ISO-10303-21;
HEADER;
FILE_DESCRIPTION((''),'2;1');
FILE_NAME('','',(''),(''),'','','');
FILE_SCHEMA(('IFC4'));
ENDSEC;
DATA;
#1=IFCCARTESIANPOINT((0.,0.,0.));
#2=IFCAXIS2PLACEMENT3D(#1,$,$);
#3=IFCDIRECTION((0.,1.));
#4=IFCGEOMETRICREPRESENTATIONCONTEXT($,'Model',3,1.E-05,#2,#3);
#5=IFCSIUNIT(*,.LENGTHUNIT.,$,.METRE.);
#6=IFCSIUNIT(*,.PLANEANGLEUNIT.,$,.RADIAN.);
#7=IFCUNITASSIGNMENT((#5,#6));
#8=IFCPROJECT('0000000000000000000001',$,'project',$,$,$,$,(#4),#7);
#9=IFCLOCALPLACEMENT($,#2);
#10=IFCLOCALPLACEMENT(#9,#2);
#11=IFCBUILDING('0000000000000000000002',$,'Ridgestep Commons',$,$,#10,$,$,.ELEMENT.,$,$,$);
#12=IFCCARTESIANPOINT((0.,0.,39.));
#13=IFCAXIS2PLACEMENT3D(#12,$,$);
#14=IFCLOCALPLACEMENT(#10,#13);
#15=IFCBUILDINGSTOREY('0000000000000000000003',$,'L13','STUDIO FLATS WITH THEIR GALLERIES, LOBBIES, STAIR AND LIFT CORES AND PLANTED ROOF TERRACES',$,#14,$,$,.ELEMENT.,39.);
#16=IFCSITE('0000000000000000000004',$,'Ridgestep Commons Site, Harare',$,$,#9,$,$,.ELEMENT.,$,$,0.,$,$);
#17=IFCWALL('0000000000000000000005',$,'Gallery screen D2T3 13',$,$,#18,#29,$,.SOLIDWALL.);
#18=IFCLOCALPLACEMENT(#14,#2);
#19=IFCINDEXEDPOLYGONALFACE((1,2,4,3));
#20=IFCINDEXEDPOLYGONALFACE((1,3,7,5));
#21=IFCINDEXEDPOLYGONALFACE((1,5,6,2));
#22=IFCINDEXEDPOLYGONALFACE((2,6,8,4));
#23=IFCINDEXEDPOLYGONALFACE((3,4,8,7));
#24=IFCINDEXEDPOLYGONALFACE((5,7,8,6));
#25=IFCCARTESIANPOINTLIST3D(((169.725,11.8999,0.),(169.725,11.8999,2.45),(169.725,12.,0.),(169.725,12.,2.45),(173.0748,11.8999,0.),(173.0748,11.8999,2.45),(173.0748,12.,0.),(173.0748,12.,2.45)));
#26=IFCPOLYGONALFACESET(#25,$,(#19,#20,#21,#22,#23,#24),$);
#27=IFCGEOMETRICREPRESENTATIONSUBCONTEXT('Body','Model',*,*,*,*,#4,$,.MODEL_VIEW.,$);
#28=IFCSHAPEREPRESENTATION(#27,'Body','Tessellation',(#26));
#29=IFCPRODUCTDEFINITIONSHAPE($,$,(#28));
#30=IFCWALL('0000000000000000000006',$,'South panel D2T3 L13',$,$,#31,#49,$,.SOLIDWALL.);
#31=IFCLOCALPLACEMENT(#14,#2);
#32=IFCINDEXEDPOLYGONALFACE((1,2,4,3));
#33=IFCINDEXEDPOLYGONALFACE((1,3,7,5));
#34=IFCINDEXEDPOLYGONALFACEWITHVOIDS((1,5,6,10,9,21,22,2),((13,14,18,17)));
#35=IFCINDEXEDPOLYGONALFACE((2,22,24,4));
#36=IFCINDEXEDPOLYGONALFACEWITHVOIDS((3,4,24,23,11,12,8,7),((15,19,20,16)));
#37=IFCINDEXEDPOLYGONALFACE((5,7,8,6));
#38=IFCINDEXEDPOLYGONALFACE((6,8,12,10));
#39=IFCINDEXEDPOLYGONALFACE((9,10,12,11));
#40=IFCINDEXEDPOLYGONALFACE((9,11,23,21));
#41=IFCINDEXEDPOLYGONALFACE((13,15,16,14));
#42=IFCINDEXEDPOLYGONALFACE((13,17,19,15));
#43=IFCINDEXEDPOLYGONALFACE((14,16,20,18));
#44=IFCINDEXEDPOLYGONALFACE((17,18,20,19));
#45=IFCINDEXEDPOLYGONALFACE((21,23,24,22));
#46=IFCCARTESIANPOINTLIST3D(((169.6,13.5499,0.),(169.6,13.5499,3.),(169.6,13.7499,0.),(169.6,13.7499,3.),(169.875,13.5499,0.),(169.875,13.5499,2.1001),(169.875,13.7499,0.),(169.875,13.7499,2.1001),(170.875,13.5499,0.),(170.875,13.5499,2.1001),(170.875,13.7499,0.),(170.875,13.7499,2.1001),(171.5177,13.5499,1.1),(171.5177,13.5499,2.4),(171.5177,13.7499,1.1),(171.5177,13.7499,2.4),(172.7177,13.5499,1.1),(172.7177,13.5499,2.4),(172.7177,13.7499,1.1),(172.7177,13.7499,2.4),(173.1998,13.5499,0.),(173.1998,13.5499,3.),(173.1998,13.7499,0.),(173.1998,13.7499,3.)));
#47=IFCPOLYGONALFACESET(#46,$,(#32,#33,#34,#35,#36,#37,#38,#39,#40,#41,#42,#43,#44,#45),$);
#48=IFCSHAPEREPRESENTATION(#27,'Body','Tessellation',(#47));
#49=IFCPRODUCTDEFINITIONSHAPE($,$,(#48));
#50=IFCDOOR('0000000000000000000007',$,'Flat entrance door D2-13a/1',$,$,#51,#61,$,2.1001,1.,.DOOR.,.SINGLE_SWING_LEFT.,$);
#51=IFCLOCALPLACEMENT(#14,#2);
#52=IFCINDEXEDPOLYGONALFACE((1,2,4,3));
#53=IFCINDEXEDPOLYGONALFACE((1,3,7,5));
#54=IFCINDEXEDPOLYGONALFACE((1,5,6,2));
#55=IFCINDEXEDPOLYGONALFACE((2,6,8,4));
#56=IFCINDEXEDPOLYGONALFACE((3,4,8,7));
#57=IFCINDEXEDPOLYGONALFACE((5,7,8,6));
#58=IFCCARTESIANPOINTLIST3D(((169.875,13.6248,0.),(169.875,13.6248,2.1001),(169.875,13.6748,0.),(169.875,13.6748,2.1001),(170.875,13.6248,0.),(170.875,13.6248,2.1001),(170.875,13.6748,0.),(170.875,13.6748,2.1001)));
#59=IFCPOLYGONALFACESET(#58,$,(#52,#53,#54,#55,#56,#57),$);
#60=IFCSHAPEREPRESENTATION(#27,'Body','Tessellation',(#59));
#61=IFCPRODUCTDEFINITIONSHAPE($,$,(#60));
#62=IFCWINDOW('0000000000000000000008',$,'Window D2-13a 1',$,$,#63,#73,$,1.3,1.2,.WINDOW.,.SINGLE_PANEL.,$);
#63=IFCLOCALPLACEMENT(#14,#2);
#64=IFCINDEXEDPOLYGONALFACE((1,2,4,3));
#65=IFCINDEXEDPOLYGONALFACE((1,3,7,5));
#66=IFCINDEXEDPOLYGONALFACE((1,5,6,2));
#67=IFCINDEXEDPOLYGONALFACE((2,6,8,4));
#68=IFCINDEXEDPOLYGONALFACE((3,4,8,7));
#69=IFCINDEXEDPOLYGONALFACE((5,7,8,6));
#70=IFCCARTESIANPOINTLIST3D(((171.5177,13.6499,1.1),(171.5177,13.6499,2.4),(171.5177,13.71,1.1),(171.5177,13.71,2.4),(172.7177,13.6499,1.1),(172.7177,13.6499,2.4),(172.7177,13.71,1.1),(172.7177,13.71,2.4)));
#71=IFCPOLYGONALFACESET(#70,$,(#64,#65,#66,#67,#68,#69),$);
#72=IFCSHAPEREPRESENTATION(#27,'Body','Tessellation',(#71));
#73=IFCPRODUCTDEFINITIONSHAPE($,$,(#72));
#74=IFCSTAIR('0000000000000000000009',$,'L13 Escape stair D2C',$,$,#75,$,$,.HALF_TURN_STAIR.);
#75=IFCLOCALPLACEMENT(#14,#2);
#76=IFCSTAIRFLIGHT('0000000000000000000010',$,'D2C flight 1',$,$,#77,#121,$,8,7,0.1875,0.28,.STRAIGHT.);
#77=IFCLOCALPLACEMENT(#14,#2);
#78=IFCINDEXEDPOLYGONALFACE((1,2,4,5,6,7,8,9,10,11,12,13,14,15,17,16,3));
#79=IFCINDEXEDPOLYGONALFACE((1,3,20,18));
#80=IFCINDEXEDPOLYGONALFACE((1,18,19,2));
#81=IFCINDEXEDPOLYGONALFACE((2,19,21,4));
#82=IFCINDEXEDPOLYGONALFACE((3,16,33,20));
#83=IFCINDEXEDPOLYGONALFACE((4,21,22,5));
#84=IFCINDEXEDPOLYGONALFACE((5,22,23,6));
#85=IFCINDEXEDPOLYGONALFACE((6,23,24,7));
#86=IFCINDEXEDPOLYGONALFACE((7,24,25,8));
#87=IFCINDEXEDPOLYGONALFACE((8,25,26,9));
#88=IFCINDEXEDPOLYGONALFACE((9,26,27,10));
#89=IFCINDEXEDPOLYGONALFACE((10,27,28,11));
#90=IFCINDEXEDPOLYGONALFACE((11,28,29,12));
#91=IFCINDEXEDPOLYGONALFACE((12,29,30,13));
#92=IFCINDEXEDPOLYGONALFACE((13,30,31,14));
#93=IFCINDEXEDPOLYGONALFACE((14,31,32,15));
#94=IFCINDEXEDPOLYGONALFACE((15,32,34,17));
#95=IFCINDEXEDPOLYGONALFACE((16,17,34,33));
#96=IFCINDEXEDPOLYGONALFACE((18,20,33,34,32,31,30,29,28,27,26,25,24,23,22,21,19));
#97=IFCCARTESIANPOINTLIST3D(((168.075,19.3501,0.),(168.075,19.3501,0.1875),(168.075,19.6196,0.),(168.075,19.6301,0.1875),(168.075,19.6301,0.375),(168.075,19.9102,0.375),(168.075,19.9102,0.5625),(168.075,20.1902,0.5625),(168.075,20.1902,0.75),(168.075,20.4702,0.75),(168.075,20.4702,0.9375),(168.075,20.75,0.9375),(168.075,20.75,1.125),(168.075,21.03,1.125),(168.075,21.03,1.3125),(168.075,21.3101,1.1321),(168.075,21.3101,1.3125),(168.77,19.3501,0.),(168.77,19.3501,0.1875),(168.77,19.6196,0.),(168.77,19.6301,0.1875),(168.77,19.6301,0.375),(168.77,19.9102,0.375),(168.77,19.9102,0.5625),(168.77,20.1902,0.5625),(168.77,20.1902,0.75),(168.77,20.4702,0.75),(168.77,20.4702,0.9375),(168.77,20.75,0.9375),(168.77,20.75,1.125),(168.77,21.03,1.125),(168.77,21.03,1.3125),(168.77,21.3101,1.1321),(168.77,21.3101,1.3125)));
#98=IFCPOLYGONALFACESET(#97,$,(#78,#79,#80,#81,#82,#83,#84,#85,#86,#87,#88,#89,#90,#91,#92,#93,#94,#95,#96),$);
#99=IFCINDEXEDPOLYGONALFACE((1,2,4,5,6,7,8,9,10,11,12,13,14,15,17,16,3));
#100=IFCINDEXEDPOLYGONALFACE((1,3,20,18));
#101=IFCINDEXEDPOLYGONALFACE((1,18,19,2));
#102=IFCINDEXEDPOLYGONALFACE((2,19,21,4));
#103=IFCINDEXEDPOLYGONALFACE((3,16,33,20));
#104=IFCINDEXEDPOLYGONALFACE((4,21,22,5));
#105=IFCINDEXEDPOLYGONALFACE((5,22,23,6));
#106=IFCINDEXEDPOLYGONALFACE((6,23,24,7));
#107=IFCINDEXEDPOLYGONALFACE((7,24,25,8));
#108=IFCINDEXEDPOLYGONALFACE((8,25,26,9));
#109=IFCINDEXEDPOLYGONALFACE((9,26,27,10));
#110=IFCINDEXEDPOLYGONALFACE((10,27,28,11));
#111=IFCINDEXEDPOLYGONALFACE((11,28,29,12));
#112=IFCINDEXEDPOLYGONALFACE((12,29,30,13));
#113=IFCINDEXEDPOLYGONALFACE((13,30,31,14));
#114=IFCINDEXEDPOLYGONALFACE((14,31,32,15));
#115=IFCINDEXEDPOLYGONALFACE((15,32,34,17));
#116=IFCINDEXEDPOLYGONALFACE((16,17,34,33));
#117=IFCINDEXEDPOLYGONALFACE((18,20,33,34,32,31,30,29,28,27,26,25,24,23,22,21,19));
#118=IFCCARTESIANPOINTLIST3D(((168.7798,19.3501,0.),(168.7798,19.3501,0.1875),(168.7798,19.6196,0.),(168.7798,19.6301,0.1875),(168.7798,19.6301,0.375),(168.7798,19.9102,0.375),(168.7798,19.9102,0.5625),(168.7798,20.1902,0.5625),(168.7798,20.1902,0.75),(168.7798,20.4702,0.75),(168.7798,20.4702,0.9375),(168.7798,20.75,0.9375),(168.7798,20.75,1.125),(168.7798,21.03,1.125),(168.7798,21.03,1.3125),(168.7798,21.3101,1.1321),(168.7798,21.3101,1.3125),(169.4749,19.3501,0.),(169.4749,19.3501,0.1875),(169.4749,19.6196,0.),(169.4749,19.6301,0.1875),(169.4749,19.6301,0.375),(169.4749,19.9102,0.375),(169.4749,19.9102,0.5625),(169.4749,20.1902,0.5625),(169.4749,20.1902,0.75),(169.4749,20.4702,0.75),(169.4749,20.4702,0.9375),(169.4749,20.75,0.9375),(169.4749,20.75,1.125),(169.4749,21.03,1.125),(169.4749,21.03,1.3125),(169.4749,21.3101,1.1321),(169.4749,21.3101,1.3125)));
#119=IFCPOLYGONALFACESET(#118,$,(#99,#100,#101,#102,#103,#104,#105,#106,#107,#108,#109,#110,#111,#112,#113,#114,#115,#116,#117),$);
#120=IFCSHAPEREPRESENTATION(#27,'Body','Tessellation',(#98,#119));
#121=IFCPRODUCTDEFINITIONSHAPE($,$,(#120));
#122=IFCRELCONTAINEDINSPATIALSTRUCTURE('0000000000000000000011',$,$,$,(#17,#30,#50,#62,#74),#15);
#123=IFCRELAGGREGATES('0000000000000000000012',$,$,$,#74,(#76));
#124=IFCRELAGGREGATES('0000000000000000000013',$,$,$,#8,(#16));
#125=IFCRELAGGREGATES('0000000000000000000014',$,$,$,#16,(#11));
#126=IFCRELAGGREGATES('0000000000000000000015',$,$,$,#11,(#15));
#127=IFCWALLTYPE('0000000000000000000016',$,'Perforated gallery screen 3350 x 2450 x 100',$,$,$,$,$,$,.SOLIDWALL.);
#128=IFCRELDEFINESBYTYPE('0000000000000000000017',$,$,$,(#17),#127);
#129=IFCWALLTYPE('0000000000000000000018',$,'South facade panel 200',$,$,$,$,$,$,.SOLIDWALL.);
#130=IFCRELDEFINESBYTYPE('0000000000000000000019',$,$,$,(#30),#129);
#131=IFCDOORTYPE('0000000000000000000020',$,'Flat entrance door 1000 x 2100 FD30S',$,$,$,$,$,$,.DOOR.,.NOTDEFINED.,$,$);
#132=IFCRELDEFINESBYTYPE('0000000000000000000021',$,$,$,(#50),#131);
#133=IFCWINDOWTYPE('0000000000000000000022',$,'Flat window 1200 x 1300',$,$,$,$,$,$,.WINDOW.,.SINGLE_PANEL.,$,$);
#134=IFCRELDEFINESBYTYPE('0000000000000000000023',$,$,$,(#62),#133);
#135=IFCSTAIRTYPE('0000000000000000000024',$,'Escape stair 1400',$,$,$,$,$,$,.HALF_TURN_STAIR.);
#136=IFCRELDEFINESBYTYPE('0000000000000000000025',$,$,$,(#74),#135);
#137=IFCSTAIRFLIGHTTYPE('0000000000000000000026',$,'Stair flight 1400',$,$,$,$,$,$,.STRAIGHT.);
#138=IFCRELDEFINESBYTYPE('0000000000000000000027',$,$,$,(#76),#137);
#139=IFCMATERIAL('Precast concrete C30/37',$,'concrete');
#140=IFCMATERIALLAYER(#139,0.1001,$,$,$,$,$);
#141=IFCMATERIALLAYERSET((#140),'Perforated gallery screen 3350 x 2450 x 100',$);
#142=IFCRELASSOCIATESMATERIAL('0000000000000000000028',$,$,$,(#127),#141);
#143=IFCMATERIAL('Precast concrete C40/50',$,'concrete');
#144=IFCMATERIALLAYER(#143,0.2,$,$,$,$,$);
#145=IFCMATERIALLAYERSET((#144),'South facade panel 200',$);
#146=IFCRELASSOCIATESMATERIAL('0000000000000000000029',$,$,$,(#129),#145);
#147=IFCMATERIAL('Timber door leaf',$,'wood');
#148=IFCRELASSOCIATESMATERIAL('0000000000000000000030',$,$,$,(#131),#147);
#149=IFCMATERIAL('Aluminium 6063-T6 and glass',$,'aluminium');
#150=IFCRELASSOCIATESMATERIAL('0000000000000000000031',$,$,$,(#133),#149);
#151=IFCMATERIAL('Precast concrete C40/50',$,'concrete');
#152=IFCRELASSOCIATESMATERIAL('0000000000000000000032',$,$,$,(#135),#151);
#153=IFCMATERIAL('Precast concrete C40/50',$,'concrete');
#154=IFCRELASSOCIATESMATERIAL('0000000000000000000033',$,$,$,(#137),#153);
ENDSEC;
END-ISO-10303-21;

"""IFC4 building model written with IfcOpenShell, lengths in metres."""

from ifc_helpers import new_model, si_unit, direction, frame, frame_2d, origin, place, context, subcontext, project, spatial, polyline, rectangle, outline, extrude, material, layer, layer_set, type_object, element, fill, aggregate, save


model = new_model("IFC4")

# Units and contexts
model_context = context("Model", 3, precision=1e-05, world=origin(), true_north=direction((0.0, 1.0)))
body_context = subcontext(model_context, "Body", "Model", "MODEL_VIEW")
ifc_project = project(units=[si_unit("LENGTHUNIT", "METRE"), si_unit("PLANEANGLEUNIT", "RADIAN")], contexts=[model_context])

# Site, building, storey
site_placement = place(None, origin())
site = spatial("IfcSite", under=ifc_project, at=site_placement, Name="Ridgestep Commons Site, Harare", CompositionType="ELEMENT", RefElevation=0.0)
building_placement = place(site_placement, origin())
building = spatial("IfcBuilding", under=site, at=building_placement, Name="Ridgestep Commons", CompositionType="ELEMENT")
storey_placement = place(building_placement, frame((0.0, 0.0, 39.0)))
storey = spatial("IfcBuildingStorey", under=building, at=storey_placement, Name="L13", Description="STUDIO FLATS WITH THEIR GALLERIES, LOBBIES, STAIR AND LIFT CORES AND PLANTED ROOF TERRACES", CompositionType="ELEMENT", Elevation=39.0)

# Wall
ifc_material_1 = material(Name="Precast concrete C30/37", Category="concrete")
ifc_layer_1 = layer(ifc_material_1, 0.1001)
ifc_layer_set_1 = layer_set([ifc_layer_1], Name="Perforated gallery screen 3350 x 2450 x 100")
wall_type_1 = type_object("IfcWallType", Name="Perforated gallery screen 3350 x 2450 x 100", PredefinedType="SOLIDWALL", material=ifc_layer_set_1)
wall_1_placement = place(storey_placement, frame((169.7251, 11.95, 0.0), z_axis=(0.0, 0.0, 1.0), x_axis=(1.0, 0.0, 0.0)))
element("IfcWall", 1, at=wall_1_placement, inside=storey, type_object=wall_type_1, Name="Gallery screen D2T3 13", PredefinedType="SOLIDWALL", context=body_context, shape_type="SweptSolid", body=[
    extrude(rectangle(XDim=3.3499, YDim=0.1001, at=frame_2d((1.6748, 0.0))), origin(), (0.0, 0.0, 1.0), 2.45),
])

# Wall, openings, door, window
ifc_material_2 = material(Name="Precast concrete C40/50", Category="concrete")
ifc_layer_2 = layer(ifc_material_2, 0.2)
ifc_layer_set_2 = layer_set([ifc_layer_2], Name="South facade panel 200")
wall_type_2 = type_object("IfcWallType", Name="South facade panel 200", PredefinedType="SOLIDWALL", material=ifc_layer_set_2)
wall_2_placement = place(storey_placement, frame((169.6001, 13.6499, 0.0), z_axis=(0.0, 0.0, 1.0), x_axis=(1.0, 0.0, 0.0)))
wall_2 = element("IfcWall", 2, at=wall_2_placement, inside=storey, type_object=wall_type_2, Name="South panel D2T3 L13", PredefinedType="SOLIDWALL", context=body_context, shape_type="SweptSolid", body=[
    extrude(rectangle(XDim=3.5999, YDim=0.2, at=frame_2d((1.7998, 0.0))), origin(), (0.0, 0.0, 1.0), 3.0),
])
opening_1_placement = place(wall_2_placement, frame((1.9175, 0.0, 1.1001)))
opening_1 = element("IfcOpeningElement", 3, at=opening_1_placement, cuts=wall_2, PredefinedType="OPENING", context=body_context, shape_type="SweptSolid", body=[
    extrude(rectangle(XDim=1.2, YDim=1.3, at=frame_2d((0.6001, 0.6499))), frame((0.0, 0.1099, 0.0), z_axis=(0.0, -1.0, 0.0), x_axis=(1.0, 0.0, 0.0)), (0.0, 0.0, 1.0), 0.22),
])
opening_2_placement = place(wall_2_placement, frame((0.2749, 0.0, 0.0)))
opening_2 = element("IfcOpeningElement", 4, at=opening_2_placement, cuts=wall_2, PredefinedType="OPENING", context=body_context, shape_type="SweptSolid", body=[
    extrude(rectangle(XDim=1.0, YDim=2.1001, at=frame_2d((0.5, 1.05))), frame((0.0, 0.1099, 0.0), z_axis=(0.0, -1.0, 0.0), x_axis=(1.0, 0.0, 0.0)), (0.0, 0.0, 1.0), 0.22),
])
ifc_material_3 = material(Name="Timber door leaf", Category="wood")
door_type_1 = type_object("IfcDoorType", Name="Flat entrance door 1000 x 2100 FD30S", OperationType="NOTDEFINED", PredefinedType="DOOR", material=ifc_material_3)
door_1_placement = place(opening_2_placement, origin())
door_1 = element("IfcDoor", 5, at=door_1_placement, inside=storey, type_object=door_type_1, Name="Flat entrance door D2-13a/1", OperationType="SINGLE_SWING_LEFT", OverallHeight=2.1001, OverallWidth=1.0, PredefinedType="DOOR", context=body_context, shape_type="SweptSolid", body=[
    extrude(rectangle(XDim=1.0, YDim=2.1001, at=frame_2d((0.5, 1.05))), frame((0.0, 0.0249, 0.0), z_axis=(0.0, -1.0, 0.0), x_axis=(1.0, 0.0, 0.0)), (0.0, 0.0, 1.0), 0.05),
])
fill(opening_2, door_1)
ifc_material_4 = material(Name="Aluminium 6063-T6 and glass", Category="aluminium")
window_type = type_object("IfcWindowType", Name="Flat window 1200 x 1300", PartitioningType="SINGLE_PANEL", PredefinedType="WINDOW", material=ifc_material_4)
window_placement = place(opening_1_placement, origin())
window = element("IfcWindow", 6, at=window_placement, inside=storey, type_object=window_type, Name="Window D2-13a 1", OverallHeight=1.3, OverallWidth=1.2, PartitioningType="SINGLE_PANEL", PredefinedType="WINDOW", context=body_context, shape_type="SweptSolid", body=[
    extrude(rectangle(XDim=1.2, YDim=1.3, at=frame_2d((0.6001, 0.6499))), frame((0.0, 0.0601, 0.0), z_axis=(0.0, -1.0, 0.0), x_axis=(1.0, 0.0, 0.0)), (0.0, 0.0, 1.0), 0.0601),
])
fill(opening_1, window)

# Stair, stair flight
ifc_material_5 = material(Name="Precast concrete C40/50", Category="concrete")
stair_type = type_object("IfcStairType", Name="Escape stair 1400", PredefinedType="HALF_TURN_STAIR", material=ifc_material_5)
stair_placement = place(storey_placement, origin())
stair = element("IfcStair", 7, at=stair_placement, inside=storey, type_object=stair_type, Name="L13 Escape stair D2C", PredefinedType="HALF_TURN_STAIR")
ifc_material_6 = material(Name="Precast concrete C40/50", Category="concrete")
stair_flight_type = type_object("IfcStairFlightType", Name="Stair flight 1400", PredefinedType="STRAIGHT", material=ifc_material_6)
stair_flight_placement = place(storey_placement, frame((168.7749, 19.3501, 0.0), z_axis=(0.0, 0.0, 1.0), x_axis=(0.0, 1.0, 0.0)))
stair_flight = element("IfcStairFlight", 8, at=stair_flight_placement, type_object=stair_flight_type, Name="D2C flight 1", NumberOfRisers=8, NumberOfTreads=7, PredefinedType="STRAIGHT", RiserHeight=0.1875, TreadLength=0.28, context=body_context, shape_type="SweptSolid", body=[
    extrude(outline(polyline([(0.0, 0.0), (0.0, 0.1875), (0.28, 0.1875), (0.28, 0.375), (0.5601, 0.375), (0.5601, 0.5625), (0.8401, 0.5625), (0.8401, 0.75), (1.1201, 0.75), (1.1201, 0.9375), (1.3999, 0.9375), (1.3999, 1.125), (1.6799, 1.125), (1.6799, 1.3125), (1.96, 1.3125), (1.96, 1.5), (1.96, 1.1321), (0.2695, 0.0), (0.0, 0.0)])), frame((0.0, 0.7, 0.0), z_axis=(0.0, -1.0, 0.0), x_axis=(1.0, 0.0, 0.0)), (0.0, 0.0, 1.0), 0.6951),
    extrude(outline(polyline([(0.0, 0.0), (0.0, 0.1875), (0.28, 0.1875), (0.28, 0.375), (0.5601, 0.375), (0.5601, 0.5625), (0.8401, 0.5625), (0.8401, 0.75), (1.1201, 0.75), (1.1201, 0.9375), (1.3999, 0.9375), (1.3999, 1.125), (1.6799, 1.125), (1.6799, 1.3125), (1.96, 1.3125), (1.96, 1.5), (1.96, 1.1321), (0.2695, 0.0), (0.0, 0.0)])), frame((0.0, -0.0049, 0.0), z_axis=(0.0, -1.0, 0.0), x_axis=(1.0, 0.0, 0.0)), (0.0, 0.0, 1.0), 0.6951),
])
aggregate(stair, [stair_flight])

save(model, "model.ifc")
